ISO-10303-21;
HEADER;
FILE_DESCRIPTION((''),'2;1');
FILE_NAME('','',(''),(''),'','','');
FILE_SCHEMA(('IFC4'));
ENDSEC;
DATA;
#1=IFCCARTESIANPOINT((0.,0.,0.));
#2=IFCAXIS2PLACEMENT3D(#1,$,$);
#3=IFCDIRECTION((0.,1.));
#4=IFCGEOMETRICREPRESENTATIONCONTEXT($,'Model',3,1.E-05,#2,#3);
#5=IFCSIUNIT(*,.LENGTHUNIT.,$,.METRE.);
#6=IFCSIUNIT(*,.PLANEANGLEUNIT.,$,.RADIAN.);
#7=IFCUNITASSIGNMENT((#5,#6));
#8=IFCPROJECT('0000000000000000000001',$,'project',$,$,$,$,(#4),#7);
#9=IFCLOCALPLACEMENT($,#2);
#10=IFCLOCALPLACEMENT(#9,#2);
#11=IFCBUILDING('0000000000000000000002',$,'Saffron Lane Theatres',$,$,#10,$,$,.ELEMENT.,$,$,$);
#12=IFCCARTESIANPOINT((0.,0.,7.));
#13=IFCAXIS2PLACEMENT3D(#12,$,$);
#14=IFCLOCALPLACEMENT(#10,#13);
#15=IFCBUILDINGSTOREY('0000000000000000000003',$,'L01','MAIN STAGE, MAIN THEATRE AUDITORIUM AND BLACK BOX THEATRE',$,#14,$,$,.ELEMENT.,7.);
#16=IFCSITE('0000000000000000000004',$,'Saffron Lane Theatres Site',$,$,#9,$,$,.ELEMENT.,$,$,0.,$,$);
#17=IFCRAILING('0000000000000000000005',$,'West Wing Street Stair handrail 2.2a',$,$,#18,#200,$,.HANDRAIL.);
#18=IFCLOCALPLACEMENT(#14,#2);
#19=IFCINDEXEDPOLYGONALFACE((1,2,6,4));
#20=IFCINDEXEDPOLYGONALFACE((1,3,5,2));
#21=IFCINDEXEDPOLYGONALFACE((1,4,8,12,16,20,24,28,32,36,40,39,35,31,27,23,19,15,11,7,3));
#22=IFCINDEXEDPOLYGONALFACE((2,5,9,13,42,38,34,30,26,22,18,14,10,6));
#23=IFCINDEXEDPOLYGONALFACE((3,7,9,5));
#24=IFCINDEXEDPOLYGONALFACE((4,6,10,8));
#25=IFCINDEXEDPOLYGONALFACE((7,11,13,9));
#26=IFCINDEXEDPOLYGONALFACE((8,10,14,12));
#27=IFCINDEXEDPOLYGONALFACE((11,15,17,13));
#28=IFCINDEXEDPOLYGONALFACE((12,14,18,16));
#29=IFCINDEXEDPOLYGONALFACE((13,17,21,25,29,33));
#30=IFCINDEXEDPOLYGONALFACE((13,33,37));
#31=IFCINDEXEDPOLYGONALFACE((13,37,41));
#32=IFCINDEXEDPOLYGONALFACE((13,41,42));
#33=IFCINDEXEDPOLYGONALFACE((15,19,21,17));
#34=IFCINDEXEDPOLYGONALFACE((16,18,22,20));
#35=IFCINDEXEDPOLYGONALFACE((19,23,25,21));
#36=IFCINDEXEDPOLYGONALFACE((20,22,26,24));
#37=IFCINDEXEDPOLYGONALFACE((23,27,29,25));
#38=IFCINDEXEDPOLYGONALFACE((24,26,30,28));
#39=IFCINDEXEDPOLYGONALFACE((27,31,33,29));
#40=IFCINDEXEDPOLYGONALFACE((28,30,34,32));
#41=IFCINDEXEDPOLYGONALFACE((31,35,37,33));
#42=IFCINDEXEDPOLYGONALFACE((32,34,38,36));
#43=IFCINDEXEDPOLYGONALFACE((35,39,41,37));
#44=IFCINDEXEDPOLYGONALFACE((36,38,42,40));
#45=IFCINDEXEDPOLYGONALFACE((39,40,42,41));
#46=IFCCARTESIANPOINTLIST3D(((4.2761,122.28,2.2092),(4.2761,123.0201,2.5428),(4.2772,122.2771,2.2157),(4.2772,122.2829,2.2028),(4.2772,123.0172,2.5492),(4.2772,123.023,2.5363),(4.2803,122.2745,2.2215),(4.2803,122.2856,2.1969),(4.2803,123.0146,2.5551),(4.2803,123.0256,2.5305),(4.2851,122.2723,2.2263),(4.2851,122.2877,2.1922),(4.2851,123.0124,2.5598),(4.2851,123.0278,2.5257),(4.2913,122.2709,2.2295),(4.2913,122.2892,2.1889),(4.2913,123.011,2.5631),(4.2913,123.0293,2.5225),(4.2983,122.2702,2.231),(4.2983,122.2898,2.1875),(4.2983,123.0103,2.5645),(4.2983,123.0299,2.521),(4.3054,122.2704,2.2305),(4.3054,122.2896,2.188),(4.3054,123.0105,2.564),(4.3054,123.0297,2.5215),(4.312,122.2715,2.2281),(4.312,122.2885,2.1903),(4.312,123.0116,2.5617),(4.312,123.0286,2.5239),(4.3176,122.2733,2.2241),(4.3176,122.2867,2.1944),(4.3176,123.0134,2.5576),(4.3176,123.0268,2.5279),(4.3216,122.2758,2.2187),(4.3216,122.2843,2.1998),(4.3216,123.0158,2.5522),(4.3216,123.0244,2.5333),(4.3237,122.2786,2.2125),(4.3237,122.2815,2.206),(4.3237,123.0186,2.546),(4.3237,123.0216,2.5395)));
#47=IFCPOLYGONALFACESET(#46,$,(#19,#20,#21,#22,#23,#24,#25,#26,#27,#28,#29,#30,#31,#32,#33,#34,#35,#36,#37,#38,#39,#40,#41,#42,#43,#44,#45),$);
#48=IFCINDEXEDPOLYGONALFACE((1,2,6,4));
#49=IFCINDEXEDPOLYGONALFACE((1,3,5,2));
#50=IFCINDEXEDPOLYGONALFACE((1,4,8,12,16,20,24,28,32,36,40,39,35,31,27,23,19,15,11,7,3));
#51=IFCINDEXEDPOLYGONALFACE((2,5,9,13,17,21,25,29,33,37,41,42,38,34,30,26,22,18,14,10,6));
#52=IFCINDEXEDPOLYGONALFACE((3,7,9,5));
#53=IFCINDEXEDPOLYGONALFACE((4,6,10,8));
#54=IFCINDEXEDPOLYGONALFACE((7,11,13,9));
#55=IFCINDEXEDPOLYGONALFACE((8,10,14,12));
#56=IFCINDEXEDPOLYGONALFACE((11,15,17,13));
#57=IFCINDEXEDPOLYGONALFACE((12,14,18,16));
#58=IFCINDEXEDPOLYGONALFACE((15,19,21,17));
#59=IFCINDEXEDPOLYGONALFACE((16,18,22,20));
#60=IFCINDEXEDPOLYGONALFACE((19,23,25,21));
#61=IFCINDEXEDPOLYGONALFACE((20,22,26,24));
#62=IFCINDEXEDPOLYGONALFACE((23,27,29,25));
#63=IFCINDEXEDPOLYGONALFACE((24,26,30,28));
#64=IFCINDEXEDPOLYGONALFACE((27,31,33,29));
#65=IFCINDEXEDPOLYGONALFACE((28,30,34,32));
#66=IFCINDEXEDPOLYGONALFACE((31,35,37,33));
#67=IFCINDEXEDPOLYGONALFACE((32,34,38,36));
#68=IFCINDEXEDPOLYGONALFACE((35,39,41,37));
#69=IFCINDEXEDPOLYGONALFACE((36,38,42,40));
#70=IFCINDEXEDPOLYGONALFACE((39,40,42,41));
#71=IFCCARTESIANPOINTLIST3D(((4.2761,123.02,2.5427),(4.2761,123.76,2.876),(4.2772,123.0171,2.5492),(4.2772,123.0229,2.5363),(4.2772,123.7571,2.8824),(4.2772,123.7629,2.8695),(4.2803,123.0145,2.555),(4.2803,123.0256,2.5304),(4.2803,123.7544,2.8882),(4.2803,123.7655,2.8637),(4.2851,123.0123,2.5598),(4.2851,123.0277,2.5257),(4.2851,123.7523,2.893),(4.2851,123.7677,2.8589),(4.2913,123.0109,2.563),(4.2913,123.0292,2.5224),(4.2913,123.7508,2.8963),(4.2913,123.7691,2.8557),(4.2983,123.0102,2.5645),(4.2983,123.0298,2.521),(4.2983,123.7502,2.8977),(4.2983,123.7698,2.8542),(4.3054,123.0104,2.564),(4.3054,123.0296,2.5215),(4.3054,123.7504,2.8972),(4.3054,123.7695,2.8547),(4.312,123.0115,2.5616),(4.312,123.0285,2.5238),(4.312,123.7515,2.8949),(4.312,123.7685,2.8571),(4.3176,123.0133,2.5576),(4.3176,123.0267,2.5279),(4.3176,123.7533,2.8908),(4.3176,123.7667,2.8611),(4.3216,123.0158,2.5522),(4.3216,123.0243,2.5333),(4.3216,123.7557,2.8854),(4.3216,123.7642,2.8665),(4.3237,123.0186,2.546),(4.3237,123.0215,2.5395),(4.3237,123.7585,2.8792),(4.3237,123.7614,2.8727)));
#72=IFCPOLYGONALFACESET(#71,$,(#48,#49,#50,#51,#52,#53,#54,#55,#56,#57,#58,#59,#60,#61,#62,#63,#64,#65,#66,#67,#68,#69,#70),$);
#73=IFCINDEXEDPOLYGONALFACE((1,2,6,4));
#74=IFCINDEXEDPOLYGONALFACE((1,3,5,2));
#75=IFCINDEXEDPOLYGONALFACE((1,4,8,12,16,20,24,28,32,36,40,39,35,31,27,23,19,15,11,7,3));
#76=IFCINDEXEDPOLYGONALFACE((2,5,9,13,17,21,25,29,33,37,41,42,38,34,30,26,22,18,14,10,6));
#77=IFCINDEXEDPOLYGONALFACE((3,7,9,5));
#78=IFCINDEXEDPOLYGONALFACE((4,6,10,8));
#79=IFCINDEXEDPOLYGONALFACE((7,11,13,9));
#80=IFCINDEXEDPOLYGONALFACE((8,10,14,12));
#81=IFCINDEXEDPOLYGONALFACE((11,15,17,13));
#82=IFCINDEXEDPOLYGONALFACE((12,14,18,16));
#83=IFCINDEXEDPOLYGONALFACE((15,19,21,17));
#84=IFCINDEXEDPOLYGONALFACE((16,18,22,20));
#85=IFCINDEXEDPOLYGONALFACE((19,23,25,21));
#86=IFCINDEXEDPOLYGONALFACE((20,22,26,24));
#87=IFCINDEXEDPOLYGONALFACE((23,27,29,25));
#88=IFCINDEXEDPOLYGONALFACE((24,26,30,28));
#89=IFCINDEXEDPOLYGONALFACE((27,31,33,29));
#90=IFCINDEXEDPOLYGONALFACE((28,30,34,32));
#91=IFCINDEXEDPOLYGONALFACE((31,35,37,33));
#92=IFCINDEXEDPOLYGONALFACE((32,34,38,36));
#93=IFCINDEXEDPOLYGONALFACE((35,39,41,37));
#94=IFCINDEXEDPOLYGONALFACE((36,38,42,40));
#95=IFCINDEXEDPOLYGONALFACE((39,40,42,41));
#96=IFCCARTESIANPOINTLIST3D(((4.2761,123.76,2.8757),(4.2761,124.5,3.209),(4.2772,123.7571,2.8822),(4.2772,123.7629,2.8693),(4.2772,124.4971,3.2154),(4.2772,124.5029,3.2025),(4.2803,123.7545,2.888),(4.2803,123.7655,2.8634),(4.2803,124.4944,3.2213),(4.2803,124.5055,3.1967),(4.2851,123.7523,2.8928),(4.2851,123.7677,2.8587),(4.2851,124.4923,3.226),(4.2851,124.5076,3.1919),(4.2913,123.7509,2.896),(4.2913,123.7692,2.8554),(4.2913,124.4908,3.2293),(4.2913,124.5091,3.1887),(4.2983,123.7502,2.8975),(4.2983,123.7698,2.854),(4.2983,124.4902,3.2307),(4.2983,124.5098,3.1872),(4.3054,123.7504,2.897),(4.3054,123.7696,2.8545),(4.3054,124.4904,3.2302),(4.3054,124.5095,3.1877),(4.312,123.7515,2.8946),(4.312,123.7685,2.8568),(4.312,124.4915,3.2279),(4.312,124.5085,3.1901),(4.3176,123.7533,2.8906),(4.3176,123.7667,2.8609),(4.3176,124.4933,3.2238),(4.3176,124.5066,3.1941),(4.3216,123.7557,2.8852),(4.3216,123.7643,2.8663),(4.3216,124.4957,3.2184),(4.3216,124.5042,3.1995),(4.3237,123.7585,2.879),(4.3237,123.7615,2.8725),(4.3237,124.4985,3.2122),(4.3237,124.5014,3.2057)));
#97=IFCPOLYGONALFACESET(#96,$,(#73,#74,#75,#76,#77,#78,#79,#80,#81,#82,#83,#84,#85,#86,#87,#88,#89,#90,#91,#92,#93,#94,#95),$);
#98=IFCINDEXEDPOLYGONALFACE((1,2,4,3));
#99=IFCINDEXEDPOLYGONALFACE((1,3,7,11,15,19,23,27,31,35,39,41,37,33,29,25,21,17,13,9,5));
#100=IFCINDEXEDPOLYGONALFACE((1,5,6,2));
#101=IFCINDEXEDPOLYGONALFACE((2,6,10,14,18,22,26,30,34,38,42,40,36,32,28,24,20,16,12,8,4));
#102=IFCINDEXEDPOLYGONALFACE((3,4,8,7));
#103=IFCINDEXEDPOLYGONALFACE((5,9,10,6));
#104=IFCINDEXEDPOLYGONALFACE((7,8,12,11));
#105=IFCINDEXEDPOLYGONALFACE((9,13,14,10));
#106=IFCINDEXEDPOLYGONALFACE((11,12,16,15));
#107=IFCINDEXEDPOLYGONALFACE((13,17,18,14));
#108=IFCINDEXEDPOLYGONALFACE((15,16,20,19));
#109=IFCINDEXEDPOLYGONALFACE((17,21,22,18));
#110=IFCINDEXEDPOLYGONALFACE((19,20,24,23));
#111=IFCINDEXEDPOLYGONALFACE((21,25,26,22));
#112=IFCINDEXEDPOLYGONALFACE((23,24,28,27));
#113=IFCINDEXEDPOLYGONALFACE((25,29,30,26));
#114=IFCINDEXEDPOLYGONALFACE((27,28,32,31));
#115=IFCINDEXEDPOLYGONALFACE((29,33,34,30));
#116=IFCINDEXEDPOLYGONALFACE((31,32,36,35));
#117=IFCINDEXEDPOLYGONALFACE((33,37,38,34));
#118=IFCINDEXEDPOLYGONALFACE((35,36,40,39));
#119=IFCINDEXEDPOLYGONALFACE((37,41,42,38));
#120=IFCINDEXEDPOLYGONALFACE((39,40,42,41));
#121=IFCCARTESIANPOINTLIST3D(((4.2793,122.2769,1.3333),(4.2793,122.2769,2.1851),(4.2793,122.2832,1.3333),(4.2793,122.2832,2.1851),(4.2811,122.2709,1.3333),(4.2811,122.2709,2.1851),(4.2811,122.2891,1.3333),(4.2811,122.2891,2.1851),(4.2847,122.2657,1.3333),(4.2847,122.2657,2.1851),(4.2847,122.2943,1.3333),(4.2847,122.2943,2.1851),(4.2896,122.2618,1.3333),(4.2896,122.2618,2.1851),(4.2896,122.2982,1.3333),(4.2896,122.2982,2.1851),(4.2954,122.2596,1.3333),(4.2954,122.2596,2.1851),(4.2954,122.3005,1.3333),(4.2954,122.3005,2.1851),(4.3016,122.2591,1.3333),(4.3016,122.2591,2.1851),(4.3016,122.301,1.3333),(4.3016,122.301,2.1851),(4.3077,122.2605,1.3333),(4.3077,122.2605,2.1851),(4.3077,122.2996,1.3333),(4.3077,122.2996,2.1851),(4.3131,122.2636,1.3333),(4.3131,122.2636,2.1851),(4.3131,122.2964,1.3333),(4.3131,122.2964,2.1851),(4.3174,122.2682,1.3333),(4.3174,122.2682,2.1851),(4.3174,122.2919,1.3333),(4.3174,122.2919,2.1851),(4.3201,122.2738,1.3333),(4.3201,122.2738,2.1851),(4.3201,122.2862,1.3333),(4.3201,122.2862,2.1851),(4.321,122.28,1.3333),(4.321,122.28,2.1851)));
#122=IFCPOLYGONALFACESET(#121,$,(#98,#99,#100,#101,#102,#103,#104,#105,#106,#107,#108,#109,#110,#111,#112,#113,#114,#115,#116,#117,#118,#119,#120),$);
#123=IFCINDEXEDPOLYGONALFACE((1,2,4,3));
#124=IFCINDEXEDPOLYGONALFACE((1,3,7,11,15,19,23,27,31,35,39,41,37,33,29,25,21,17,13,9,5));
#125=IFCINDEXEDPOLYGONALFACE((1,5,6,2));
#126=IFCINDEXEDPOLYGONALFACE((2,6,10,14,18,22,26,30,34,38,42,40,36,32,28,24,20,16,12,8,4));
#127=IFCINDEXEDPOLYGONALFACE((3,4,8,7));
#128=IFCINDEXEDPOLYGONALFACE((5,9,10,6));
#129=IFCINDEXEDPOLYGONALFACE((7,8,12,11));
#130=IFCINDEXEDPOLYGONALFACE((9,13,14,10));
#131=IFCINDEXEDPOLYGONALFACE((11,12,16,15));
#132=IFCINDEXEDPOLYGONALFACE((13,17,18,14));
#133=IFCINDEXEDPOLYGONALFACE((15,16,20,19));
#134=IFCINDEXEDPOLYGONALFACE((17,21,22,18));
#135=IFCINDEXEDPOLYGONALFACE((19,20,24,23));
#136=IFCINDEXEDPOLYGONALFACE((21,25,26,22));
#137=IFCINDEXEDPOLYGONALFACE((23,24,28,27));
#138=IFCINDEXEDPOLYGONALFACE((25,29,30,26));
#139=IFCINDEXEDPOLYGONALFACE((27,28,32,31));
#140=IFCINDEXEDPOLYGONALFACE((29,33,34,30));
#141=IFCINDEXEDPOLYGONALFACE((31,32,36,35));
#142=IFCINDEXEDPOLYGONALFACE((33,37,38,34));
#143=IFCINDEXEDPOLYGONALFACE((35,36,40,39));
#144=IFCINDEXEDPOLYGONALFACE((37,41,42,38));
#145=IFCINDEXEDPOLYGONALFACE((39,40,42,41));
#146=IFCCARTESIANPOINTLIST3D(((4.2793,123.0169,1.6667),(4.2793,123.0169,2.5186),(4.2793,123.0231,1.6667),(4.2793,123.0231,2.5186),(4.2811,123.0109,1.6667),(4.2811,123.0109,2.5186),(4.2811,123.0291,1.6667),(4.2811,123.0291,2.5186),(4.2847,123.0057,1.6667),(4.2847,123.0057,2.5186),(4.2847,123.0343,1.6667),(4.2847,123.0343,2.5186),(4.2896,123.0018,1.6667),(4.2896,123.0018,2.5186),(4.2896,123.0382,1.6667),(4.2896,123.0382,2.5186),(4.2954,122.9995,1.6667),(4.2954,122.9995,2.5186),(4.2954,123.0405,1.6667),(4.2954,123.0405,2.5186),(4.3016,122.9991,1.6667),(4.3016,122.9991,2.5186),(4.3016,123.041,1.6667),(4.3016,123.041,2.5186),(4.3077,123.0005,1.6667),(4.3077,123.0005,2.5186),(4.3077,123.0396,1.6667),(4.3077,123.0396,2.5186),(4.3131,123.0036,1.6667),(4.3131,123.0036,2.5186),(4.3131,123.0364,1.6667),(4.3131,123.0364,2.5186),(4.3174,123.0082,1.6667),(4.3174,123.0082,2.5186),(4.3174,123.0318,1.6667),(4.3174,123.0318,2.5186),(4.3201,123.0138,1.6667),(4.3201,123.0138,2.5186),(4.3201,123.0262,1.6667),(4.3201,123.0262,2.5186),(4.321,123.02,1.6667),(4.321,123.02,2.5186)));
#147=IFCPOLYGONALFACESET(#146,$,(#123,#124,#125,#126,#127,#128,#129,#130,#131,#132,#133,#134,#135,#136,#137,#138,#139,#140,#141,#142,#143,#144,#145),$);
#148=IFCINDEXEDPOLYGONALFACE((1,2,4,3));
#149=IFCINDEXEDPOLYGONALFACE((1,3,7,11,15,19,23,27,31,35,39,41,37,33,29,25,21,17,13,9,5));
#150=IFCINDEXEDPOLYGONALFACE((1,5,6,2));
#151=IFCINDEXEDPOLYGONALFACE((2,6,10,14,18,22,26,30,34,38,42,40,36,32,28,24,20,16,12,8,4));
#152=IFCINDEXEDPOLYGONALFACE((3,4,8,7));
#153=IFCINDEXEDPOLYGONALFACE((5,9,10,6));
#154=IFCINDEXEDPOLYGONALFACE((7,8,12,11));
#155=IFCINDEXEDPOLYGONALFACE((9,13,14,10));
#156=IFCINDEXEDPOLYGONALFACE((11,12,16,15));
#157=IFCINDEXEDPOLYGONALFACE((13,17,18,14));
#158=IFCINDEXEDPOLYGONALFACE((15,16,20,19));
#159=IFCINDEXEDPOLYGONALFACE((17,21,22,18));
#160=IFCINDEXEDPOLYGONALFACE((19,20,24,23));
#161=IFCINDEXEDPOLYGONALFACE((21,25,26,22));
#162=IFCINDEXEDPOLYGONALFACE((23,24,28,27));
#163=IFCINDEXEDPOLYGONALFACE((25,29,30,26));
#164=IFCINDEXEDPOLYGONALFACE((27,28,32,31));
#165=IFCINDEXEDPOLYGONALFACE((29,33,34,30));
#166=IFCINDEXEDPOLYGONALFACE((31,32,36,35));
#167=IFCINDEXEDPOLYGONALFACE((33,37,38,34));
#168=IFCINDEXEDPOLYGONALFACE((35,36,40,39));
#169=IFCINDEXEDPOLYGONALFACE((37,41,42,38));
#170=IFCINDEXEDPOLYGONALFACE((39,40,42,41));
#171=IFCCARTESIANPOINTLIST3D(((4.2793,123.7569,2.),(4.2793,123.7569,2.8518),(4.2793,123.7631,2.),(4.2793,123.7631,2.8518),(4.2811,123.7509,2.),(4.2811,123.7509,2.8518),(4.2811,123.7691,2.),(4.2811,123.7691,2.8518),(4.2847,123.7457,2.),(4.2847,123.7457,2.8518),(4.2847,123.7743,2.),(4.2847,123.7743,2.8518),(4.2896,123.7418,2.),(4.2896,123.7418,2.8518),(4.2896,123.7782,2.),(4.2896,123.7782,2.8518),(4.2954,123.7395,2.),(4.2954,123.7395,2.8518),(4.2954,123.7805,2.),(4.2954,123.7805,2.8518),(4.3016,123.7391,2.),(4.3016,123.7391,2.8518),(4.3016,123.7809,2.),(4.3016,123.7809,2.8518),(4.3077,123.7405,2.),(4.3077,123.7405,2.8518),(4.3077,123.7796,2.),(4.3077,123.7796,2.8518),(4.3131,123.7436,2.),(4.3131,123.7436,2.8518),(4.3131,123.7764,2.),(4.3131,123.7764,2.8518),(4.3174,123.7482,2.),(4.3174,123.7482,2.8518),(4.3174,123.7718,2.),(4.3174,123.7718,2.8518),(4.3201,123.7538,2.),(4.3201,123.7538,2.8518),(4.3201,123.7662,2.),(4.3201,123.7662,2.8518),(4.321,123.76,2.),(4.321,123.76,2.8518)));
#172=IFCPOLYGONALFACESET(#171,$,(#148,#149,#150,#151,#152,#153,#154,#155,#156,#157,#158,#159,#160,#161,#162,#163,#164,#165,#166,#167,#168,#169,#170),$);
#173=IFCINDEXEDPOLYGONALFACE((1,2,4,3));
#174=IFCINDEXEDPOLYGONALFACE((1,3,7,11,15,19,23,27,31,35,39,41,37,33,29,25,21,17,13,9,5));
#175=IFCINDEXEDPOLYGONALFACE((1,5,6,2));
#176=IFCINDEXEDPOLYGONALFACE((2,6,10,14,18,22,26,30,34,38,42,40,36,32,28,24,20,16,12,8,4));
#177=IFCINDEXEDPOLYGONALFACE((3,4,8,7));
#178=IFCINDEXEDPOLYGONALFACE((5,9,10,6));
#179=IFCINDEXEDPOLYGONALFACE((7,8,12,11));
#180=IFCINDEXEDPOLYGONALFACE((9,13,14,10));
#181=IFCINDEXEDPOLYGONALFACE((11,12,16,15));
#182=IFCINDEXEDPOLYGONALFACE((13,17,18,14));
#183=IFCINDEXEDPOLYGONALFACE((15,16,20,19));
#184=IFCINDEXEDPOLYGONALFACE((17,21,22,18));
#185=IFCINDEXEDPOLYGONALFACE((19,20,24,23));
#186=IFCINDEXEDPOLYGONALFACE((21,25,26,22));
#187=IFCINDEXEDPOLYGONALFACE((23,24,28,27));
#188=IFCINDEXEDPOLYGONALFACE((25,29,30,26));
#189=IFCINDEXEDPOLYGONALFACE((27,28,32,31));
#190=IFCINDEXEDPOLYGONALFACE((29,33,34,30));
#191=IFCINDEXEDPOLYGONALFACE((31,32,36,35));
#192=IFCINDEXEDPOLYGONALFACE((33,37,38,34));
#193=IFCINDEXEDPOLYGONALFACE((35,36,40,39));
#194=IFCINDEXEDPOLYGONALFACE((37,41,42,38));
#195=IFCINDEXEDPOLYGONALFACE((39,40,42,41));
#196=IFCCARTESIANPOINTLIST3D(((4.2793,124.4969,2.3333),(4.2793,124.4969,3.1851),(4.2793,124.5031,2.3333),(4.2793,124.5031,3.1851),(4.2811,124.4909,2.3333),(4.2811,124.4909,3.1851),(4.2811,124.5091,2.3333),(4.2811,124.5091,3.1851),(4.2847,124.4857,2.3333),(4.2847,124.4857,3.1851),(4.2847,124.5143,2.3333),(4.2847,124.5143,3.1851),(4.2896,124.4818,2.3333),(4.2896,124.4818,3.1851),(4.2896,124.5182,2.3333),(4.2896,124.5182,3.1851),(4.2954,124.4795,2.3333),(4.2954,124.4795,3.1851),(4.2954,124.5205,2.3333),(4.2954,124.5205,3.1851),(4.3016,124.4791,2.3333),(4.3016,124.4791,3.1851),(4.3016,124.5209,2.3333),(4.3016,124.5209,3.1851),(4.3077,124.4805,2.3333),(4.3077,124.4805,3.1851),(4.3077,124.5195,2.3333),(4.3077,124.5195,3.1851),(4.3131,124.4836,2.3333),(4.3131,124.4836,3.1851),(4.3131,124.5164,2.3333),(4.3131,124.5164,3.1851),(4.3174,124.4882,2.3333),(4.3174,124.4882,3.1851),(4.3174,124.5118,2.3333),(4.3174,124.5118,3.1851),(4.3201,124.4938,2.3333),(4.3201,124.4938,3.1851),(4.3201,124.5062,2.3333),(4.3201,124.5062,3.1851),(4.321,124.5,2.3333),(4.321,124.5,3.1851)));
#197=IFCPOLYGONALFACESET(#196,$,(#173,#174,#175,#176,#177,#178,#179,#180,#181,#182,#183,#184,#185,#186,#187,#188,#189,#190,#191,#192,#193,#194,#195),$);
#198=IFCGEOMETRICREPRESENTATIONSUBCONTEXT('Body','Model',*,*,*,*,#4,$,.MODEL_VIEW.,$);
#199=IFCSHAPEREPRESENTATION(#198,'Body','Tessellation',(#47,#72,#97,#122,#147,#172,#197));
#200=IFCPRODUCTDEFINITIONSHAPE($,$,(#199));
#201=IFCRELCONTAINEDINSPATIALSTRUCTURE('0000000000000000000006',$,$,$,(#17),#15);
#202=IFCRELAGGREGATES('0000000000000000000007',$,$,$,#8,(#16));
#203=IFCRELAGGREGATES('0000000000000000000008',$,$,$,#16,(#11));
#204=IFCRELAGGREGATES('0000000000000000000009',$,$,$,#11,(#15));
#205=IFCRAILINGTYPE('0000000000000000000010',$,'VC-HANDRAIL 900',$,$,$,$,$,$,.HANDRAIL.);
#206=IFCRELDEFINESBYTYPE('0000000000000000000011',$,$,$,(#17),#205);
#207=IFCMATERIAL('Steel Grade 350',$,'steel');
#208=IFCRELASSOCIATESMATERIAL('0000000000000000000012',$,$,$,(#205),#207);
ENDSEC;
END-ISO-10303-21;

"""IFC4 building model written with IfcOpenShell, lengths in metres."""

from ifc_helpers import new_model, si_unit, direction, frame, origin, origin_2d, place, context, subcontext, project, spatial, circle, extrude, material, type_object, element, save


model = new_model("IFC4")

# Units and contexts
model_context = context("Model", 3, precision=1e-05, world=origin(), true_north=direction((0.0, 1.0)))
body_context = subcontext(model_context, "Body", "Model", "MODEL_VIEW")
ifc_project = project(units=[si_unit("LENGTHUNIT", "METRE"), si_unit("PLANEANGLEUNIT", "RADIAN")], contexts=[model_context])

# Site, building, storey
site_placement = place(None, origin())
site = spatial("IfcSite", under=ifc_project, at=site_placement, Name="Saffron Lane Theatres Site", CompositionType="ELEMENT", RefElevation=0.0)
building_placement = place(site_placement, origin())
building = spatial("IfcBuilding", under=site, at=building_placement, Name="Saffron Lane Theatres", CompositionType="ELEMENT")
storey_placement = place(building_placement, frame((0.0, 0.0, 7.0)))
storey = spatial("IfcBuildingStorey", under=building, at=storey_placement, Name="L01", Description="MAIN STAGE, MAIN THEATRE AUDITORIUM AND BLACK BOX THEATRE", CompositionType="ELEMENT", Elevation=7.0)

# Railing
ifc_material_1 = material(Name="Steel Grade 350", Category="steel")
railing_type_1 = type_object("IfcRailingType", Name="VC-HANDRAIL 900", PredefinedType="HANDRAIL", material=ifc_material_1)
for number, where, name in (
    (1, (4.3, 122.28, 1.3333), "West Wing Street Stair handrail 2.2a"),
):
    element("IfcRailing", number, at=place(storey_placement, frame(where)), inside=storey, type_object=railing_type_1, Name=name, PredefinedType="HANDRAIL", context=body_context, shape_type="SweptSolid", body=[
        extrude(circle(Radius=0.0239, at=origin_2d()), frame((0.0, 0.0, 0.876), z_axis=(0.0, 0.911691, 0.410877), x_axis=(-1.0, 0.0, 0.0)), (0.0, 0.0, 1.0), 0.8118),
        extrude(circle(Radius=0.0239, at=origin_2d()), frame((0.0, 0.74, 1.2095), z_axis=(0.0, 0.911803, 0.410627), x_axis=(-1.0, 0.0, 0.0)), (0.0, 0.0, 1.0), 0.8115),
        extrude(circle(Radius=0.0239, at=origin_2d()), frame((0.0, 1.48, 1.5425), z_axis=(0.0, 0.911803, 0.410627), x_axis=(-1.0, 0.0, 0.0)), (0.0, 0.0, 1.0), 0.8115),
        extrude(circle(Radius=0.021, at=origin_2d()), origin(), (0.0, 0.0, 1.0), 0.8518),
        extrude(circle(Radius=0.021, at=origin_2d()), frame((0.0, 0.74, 0.3335)), (0.0, 0.0, 1.0), 0.8518),
        extrude(circle(Radius=0.021, at=origin_2d()), frame((0.0, 1.48, 0.6667)), (0.0, 0.0, 1.0), 0.8518),
        extrude(circle(Radius=0.021, at=origin_2d()), frame((0.0, 2.22, 1.0)), (0.0, 0.0, 1.0), 0.8518),
    ])

save(model, "model.ifc")
